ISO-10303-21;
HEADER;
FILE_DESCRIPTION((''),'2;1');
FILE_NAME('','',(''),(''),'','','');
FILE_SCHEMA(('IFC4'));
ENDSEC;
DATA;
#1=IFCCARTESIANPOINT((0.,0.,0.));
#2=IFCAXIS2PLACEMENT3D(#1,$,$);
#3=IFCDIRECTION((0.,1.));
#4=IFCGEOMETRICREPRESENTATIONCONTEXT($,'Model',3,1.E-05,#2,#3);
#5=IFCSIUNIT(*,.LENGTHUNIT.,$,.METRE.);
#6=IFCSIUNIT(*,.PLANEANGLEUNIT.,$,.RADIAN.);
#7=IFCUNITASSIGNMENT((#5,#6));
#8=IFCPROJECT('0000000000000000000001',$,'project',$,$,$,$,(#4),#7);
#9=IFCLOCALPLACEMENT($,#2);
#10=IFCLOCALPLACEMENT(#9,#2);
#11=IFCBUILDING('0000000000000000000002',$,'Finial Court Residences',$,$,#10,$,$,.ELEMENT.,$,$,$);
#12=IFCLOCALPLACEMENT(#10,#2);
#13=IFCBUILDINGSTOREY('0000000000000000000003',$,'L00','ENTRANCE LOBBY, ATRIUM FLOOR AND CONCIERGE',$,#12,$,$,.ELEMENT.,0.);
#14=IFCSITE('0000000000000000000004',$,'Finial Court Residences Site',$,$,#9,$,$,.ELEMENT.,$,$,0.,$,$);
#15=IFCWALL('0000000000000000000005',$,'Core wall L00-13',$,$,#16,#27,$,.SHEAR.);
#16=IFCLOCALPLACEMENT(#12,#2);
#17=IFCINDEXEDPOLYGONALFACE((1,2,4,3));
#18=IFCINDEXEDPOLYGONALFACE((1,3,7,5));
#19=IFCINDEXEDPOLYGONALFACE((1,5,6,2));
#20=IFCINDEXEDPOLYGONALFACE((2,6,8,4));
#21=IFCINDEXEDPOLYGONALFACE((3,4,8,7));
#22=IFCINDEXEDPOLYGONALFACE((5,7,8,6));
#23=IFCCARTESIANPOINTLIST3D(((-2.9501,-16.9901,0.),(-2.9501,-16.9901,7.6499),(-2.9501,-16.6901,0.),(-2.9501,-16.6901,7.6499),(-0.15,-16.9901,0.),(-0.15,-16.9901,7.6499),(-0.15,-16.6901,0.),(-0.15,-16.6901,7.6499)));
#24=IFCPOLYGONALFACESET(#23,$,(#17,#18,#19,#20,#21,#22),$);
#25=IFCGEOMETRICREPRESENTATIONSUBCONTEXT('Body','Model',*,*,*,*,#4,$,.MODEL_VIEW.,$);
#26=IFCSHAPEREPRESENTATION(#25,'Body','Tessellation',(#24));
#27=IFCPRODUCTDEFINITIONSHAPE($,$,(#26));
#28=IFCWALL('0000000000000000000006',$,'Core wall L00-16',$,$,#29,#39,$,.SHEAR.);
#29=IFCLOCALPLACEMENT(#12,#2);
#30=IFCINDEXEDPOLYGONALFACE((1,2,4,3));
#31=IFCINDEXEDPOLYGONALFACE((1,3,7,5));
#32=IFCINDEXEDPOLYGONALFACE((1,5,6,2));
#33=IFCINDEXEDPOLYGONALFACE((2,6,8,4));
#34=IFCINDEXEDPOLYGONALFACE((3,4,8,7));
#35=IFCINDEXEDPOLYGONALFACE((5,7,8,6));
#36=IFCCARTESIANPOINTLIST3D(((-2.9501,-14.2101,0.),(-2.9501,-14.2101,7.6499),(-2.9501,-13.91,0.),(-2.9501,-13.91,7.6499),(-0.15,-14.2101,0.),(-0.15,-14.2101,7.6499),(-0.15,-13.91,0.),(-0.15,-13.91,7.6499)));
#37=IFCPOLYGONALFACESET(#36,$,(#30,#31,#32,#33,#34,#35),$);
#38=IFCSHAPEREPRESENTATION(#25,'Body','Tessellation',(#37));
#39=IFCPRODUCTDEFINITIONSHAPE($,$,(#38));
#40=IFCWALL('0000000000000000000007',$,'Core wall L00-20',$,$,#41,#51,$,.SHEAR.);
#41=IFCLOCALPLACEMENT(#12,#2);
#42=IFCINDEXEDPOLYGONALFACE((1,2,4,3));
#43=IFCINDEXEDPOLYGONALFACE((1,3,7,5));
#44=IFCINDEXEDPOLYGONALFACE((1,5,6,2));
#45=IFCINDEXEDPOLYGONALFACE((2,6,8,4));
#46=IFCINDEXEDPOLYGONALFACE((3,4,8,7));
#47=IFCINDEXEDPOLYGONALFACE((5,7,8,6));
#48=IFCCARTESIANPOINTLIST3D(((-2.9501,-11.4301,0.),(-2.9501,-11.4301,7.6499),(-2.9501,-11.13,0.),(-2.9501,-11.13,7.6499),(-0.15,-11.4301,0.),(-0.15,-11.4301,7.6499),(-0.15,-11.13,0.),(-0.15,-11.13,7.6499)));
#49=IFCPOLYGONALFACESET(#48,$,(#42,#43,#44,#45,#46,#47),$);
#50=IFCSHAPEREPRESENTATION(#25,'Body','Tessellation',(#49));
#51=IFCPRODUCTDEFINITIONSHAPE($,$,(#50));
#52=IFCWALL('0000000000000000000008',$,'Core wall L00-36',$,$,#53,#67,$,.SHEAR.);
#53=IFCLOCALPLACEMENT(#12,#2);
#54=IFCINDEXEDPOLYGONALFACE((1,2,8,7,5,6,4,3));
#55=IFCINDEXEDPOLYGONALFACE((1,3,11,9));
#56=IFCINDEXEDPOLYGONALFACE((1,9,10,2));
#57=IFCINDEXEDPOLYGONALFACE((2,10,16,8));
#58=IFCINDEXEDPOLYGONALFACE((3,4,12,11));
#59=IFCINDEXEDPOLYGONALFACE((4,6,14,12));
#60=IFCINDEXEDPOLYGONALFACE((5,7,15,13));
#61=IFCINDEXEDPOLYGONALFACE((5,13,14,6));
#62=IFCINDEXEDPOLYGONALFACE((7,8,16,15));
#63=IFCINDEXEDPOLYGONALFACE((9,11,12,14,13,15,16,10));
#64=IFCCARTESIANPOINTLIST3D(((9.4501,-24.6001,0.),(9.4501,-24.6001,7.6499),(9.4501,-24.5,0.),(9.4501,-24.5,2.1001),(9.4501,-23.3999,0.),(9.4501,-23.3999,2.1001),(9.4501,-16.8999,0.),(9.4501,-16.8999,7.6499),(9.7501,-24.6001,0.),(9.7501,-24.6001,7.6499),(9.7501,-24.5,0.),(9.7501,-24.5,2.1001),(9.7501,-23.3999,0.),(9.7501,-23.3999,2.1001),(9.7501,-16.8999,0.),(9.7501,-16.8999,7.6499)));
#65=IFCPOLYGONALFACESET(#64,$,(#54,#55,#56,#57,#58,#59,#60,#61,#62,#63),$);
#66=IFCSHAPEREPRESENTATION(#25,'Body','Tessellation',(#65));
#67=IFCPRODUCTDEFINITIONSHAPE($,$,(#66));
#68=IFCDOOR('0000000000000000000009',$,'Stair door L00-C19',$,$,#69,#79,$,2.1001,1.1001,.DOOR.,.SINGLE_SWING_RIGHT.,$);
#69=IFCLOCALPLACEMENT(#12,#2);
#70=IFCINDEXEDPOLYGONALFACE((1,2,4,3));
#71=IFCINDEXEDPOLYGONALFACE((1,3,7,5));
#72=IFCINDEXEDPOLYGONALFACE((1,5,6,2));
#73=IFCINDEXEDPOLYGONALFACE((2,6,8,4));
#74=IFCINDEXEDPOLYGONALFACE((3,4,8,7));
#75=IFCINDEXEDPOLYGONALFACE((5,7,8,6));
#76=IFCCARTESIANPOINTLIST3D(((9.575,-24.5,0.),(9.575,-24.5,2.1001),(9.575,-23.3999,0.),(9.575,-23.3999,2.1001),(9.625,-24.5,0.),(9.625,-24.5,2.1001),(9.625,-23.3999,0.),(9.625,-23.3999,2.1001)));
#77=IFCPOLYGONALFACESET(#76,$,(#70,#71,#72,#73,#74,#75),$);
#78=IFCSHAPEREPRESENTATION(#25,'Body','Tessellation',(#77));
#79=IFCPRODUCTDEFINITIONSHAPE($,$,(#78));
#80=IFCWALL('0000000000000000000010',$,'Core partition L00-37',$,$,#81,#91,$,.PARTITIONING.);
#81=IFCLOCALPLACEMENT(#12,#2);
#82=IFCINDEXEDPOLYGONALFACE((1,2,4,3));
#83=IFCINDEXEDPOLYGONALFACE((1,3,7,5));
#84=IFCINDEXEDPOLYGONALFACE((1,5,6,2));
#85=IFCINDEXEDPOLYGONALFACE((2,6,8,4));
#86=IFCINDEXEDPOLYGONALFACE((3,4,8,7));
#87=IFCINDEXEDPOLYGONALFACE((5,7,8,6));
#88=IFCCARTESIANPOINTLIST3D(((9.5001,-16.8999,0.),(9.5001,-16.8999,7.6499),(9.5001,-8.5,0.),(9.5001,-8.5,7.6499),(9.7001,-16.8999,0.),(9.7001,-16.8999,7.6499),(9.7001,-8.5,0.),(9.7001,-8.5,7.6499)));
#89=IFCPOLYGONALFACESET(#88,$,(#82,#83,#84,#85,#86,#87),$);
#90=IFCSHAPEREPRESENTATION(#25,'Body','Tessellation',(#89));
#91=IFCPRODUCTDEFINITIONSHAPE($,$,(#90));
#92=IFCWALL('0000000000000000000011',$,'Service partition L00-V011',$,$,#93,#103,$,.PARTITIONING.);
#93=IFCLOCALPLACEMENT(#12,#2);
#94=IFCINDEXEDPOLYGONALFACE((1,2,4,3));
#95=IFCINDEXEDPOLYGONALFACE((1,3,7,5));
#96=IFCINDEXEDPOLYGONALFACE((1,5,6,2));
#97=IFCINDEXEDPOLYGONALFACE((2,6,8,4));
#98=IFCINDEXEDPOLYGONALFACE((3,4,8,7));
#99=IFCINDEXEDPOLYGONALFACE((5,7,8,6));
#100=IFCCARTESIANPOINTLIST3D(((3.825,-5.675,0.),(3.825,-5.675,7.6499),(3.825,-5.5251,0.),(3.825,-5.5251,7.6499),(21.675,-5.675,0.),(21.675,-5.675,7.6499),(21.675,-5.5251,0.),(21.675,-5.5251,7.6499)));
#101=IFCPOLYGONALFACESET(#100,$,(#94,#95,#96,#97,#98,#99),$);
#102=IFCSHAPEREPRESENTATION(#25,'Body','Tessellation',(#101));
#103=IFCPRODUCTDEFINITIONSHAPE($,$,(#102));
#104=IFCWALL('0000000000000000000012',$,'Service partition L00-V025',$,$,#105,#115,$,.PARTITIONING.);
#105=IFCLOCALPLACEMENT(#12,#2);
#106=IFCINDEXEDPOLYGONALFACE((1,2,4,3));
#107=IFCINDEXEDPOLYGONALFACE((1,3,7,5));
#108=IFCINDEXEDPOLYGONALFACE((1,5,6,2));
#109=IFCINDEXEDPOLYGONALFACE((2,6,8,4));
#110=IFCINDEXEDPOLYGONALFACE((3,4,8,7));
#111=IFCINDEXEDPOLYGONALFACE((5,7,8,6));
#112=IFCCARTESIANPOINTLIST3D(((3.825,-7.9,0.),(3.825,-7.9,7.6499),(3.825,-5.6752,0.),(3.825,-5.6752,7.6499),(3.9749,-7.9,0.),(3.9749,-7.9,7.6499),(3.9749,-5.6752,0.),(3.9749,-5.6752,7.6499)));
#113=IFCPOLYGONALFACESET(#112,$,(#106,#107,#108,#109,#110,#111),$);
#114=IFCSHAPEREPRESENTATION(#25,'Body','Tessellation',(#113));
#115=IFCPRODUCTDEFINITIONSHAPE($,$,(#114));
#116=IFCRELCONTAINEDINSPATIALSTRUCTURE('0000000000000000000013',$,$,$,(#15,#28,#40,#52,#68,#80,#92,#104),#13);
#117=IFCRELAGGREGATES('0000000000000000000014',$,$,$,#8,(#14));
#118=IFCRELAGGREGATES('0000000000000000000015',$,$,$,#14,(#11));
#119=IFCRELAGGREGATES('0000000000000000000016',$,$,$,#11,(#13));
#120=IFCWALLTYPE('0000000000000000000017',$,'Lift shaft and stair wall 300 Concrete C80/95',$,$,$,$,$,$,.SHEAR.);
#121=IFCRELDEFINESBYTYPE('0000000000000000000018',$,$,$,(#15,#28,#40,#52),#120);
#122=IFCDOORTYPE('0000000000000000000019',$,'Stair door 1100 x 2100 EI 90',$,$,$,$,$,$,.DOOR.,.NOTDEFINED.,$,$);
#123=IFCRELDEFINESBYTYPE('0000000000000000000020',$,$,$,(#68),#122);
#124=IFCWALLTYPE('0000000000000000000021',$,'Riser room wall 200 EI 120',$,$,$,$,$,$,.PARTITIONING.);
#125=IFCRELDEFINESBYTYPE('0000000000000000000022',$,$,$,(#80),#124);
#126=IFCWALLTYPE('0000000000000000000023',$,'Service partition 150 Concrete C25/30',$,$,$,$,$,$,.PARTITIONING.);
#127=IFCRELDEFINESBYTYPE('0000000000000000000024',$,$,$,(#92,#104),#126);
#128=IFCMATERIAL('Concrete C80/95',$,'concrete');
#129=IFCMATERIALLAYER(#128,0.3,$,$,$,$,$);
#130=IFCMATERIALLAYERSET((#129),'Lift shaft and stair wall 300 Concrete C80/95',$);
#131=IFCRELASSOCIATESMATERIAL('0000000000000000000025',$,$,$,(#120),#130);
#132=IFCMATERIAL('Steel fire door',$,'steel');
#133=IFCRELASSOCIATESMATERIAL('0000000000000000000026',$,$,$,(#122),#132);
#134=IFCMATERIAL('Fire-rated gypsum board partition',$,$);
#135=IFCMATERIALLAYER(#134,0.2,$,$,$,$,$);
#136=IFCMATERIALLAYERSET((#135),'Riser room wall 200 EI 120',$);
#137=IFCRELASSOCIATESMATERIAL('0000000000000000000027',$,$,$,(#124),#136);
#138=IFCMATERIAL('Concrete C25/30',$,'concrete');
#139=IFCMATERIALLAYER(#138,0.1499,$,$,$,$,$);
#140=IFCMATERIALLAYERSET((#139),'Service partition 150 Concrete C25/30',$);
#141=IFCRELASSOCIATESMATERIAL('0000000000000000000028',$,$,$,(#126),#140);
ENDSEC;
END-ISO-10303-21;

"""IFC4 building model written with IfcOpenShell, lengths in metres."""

from ifc_helpers import new_model, si_unit, direction, frame, frame_2d, origin, place, context, subcontext, project, spatial, rectangle, extrude, material, layer, layer_set, type_object, element, fill, save


model = new_model("IFC4")

# Units and contexts
model_context = context("Model", 3, precision=1e-05, world=origin(), true_north=direction((0.0, 1.0)))
body_context = subcontext(model_context, "Body", "Model", "MODEL_VIEW")
ifc_project = project(units=[si_unit("LENGTHUNIT", "METRE"), si_unit("PLANEANGLEUNIT", "RADIAN")], contexts=[model_context])

# Site, building, storey
site_placement = place(None, origin())
site = spatial("IfcSite", under=ifc_project, at=site_placement, Name="Finial Court Residences Site", CompositionType="ELEMENT", RefElevation=0.0)
building_placement = place(site_placement, origin())
building = spatial("IfcBuilding", under=site, at=building_placement, Name="Finial Court Residences", CompositionType="ELEMENT")
storey_placement = place(building_placement, origin())
storey = spatial("IfcBuildingStorey", under=building, at=storey_placement, Name="L00", Description="ENTRANCE LOBBY, ATRIUM FLOOR AND CONCIERGE", CompositionType="ELEMENT", Elevation=0.0)

# Shared definitions
ifc_material_1 = material(Name="Fire-rated gypsum board partition")

# Shared definitions
ifc_material_2 = material(Name="Steel fire door", Category="steel")

# Walls
ifc_material_3 = material(Name="Concrete C80/95", Category="concrete")
ifc_layer_1 = layer(ifc_material_3, 0.3)
ifc_layer_set_1 = layer_set([ifc_layer_1], Name="Lift shaft and stair wall 300 Concrete C80/95")
wall_type_1 = type_object("IfcWallType", Name="Lift shaft and stair wall 300 Concrete C80/95", PredefinedType="SHEAR", material=ifc_layer_set_1)
for number, where, z_axis, x_axis, name in (
    (1, (-2.95, -16.8401, 0.0), (0.0, 0.0, 1.0), (1.0, 0.0, 0.0), "Core wall L00-13"),
    (2, (-2.95, -14.0601, 0.0), (0.0, 0.0, 1.0), (1.0, 0.0, 0.0), "Core wall L00-16"),
    (3, (-2.95, -11.28, 0.0), (0.0, 0.0, 1.0), (1.0, 0.0, 0.0), "Core wall L00-20"),
):
    element("IfcWall", number, at=place(storey_placement, frame(where, z_axis=z_axis, x_axis=x_axis)), inside=storey, type_object=wall_type_1, Name=name, PredefinedType="SHEAR", context=body_context, shape_type="SweptSolid", body=[
        extrude(rectangle(XDim=2.8, YDim=0.3, at=frame_2d((1.3999, 0.0))), origin(), (0.0, 0.0, 1.0), 7.6499),
    ])

# Wall, opening, door
wall_1_placement = place(storey_placement, frame((9.6001, -16.8999, 0.0), z_axis=(0.0, 0.0, 1.0), x_axis=(0.0, -1.0, 0.0)))
wall_1 = element("IfcWall", 4, at=wall_1_placement, inside=storey, type_object=wall_type_1, Name="Core wall L00-36", PredefinedType="SHEAR", context=body_context, shape_type="SweptSolid", body=[
    extrude(rectangle(XDim=7.7002, YDim=0.3, at=frame_2d((3.8501, 0.0))), origin(), (0.0, 0.0, 1.0), 7.6499),
])
opening_1_placement = place(wall_1_placement, frame((6.5, 0.0, 0.0)))
opening_1 = element("IfcOpeningElement", 5, at=opening_1_placement, cuts=wall_1, PredefinedType="OPENING", context=body_context, shape_type="SweptSolid", body=[
    extrude(rectangle(XDim=1.1001, YDim=2.1001, at=frame_2d((0.55, 1.05))), frame((0.0, 0.1599, 0.0), z_axis=(0.0, -1.0, 0.0), x_axis=(1.0, 0.0, 0.0)), (0.0, 0.0, 1.0), 0.3201),
])
door_type_1 = type_object("IfcDoorType", Name="Stair door 1100 x 2100 EI 90", OperationType="NOTDEFINED", PredefinedType="DOOR", material=ifc_material_2)
door_1_placement = place(opening_1_placement, origin())
door_1 = element("IfcDoor", 6, at=door_1_placement, inside=storey, type_object=door_type_1, Name="Stair door L00-C19", OperationType="SINGLE_SWING_RIGHT", OverallHeight=2.1001, OverallWidth=1.1001, PredefinedType="DOOR", context=body_context, shape_type="SweptSolid", body=[
    extrude(rectangle(XDim=1.1001, YDim=2.1001, at=frame_2d((0.55, 1.05))), frame((0.0, 0.0249, 0.0), z_axis=(0.0, -1.0, 0.0), x_axis=(1.0, 0.0, 0.0)), (0.0, 0.0, 1.0), 0.05),
])
fill(opening_1, door_1)

# Walls
ifc_layer_2 = layer(ifc_material_1, 0.2)
ifc_layer_set_2 = layer_set([ifc_layer_2], Name="Riser room wall 200 EI 120")
wall_type_2 = type_object("IfcWallType", Name="Riser room wall 200 EI 120", PredefinedType="PARTITIONING", material=ifc_layer_set_2)
wall_2_placement = place(storey_placement, frame((9.6001, -16.8999, 0.0), z_axis=(0.0, 0.0, 1.0), x_axis=(0.0, 1.0, 0.0)))
element("IfcWall", 7, at=wall_2_placement, inside=storey, type_object=wall_type_2, Name="Core partition L00-37", PredefinedType="PARTITIONING", context=body_context, shape_type="SweptSolid", body=[
    extrude(rectangle(XDim=8.3999, YDim=0.2, at=frame_2d((4.2, 0.0))), origin(), (0.0, 0.0, 1.0), 7.6499),
])
ifc_material_4 = material(Name="Concrete C25/30", Category="concrete")
ifc_layer_3 = layer(ifc_material_4, 0.1499)
ifc_layer_set_3 = layer_set([ifc_layer_3], Name="Service partition 150 Concrete C25/30")
wall_type_3 = type_object("IfcWallType", Name="Service partition 150 Concrete C25/30", PredefinedType="PARTITIONING", material=ifc_layer_set_3)
wall_3_placement = place(storey_placement, frame((3.825, -5.6001, 0.0), z_axis=(0.0, 0.0, 1.0), x_axis=(1.0, 0.0, 0.0)))
element("IfcWall", 8, at=wall_3_placement, inside=storey, type_object=wall_type_3, Name="Service partition L00-V011", PredefinedType="PARTITIONING", context=body_context, shape_type="SweptSolid", body=[
    extrude(rectangle(XDim=17.8501, YDim=0.1499, at=frame_2d((8.925, 0.0))), origin(), (0.0, 0.0, 1.0), 7.6499),
])
wall_4_placement = place(storey_placement, frame((3.8999, -7.8999, 0.0), z_axis=(0.0, 0.0, 1.0), x_axis=(0.0, 1.0, 0.0)))
element("IfcWall", 9, at=wall_4_placement, inside=storey, type_object=wall_type_3, Name="Service partition L00-V025", PredefinedType="PARTITIONING", context=body_context, shape_type="SweptSolid", body=[
    extrude(rectangle(XDim=2.2249, YDim=0.1499, at=frame_2d((1.1123, 0.0))), origin(), (0.0, 0.0, 1.0), 7.6499),
])

save(model, "model.ifc")
